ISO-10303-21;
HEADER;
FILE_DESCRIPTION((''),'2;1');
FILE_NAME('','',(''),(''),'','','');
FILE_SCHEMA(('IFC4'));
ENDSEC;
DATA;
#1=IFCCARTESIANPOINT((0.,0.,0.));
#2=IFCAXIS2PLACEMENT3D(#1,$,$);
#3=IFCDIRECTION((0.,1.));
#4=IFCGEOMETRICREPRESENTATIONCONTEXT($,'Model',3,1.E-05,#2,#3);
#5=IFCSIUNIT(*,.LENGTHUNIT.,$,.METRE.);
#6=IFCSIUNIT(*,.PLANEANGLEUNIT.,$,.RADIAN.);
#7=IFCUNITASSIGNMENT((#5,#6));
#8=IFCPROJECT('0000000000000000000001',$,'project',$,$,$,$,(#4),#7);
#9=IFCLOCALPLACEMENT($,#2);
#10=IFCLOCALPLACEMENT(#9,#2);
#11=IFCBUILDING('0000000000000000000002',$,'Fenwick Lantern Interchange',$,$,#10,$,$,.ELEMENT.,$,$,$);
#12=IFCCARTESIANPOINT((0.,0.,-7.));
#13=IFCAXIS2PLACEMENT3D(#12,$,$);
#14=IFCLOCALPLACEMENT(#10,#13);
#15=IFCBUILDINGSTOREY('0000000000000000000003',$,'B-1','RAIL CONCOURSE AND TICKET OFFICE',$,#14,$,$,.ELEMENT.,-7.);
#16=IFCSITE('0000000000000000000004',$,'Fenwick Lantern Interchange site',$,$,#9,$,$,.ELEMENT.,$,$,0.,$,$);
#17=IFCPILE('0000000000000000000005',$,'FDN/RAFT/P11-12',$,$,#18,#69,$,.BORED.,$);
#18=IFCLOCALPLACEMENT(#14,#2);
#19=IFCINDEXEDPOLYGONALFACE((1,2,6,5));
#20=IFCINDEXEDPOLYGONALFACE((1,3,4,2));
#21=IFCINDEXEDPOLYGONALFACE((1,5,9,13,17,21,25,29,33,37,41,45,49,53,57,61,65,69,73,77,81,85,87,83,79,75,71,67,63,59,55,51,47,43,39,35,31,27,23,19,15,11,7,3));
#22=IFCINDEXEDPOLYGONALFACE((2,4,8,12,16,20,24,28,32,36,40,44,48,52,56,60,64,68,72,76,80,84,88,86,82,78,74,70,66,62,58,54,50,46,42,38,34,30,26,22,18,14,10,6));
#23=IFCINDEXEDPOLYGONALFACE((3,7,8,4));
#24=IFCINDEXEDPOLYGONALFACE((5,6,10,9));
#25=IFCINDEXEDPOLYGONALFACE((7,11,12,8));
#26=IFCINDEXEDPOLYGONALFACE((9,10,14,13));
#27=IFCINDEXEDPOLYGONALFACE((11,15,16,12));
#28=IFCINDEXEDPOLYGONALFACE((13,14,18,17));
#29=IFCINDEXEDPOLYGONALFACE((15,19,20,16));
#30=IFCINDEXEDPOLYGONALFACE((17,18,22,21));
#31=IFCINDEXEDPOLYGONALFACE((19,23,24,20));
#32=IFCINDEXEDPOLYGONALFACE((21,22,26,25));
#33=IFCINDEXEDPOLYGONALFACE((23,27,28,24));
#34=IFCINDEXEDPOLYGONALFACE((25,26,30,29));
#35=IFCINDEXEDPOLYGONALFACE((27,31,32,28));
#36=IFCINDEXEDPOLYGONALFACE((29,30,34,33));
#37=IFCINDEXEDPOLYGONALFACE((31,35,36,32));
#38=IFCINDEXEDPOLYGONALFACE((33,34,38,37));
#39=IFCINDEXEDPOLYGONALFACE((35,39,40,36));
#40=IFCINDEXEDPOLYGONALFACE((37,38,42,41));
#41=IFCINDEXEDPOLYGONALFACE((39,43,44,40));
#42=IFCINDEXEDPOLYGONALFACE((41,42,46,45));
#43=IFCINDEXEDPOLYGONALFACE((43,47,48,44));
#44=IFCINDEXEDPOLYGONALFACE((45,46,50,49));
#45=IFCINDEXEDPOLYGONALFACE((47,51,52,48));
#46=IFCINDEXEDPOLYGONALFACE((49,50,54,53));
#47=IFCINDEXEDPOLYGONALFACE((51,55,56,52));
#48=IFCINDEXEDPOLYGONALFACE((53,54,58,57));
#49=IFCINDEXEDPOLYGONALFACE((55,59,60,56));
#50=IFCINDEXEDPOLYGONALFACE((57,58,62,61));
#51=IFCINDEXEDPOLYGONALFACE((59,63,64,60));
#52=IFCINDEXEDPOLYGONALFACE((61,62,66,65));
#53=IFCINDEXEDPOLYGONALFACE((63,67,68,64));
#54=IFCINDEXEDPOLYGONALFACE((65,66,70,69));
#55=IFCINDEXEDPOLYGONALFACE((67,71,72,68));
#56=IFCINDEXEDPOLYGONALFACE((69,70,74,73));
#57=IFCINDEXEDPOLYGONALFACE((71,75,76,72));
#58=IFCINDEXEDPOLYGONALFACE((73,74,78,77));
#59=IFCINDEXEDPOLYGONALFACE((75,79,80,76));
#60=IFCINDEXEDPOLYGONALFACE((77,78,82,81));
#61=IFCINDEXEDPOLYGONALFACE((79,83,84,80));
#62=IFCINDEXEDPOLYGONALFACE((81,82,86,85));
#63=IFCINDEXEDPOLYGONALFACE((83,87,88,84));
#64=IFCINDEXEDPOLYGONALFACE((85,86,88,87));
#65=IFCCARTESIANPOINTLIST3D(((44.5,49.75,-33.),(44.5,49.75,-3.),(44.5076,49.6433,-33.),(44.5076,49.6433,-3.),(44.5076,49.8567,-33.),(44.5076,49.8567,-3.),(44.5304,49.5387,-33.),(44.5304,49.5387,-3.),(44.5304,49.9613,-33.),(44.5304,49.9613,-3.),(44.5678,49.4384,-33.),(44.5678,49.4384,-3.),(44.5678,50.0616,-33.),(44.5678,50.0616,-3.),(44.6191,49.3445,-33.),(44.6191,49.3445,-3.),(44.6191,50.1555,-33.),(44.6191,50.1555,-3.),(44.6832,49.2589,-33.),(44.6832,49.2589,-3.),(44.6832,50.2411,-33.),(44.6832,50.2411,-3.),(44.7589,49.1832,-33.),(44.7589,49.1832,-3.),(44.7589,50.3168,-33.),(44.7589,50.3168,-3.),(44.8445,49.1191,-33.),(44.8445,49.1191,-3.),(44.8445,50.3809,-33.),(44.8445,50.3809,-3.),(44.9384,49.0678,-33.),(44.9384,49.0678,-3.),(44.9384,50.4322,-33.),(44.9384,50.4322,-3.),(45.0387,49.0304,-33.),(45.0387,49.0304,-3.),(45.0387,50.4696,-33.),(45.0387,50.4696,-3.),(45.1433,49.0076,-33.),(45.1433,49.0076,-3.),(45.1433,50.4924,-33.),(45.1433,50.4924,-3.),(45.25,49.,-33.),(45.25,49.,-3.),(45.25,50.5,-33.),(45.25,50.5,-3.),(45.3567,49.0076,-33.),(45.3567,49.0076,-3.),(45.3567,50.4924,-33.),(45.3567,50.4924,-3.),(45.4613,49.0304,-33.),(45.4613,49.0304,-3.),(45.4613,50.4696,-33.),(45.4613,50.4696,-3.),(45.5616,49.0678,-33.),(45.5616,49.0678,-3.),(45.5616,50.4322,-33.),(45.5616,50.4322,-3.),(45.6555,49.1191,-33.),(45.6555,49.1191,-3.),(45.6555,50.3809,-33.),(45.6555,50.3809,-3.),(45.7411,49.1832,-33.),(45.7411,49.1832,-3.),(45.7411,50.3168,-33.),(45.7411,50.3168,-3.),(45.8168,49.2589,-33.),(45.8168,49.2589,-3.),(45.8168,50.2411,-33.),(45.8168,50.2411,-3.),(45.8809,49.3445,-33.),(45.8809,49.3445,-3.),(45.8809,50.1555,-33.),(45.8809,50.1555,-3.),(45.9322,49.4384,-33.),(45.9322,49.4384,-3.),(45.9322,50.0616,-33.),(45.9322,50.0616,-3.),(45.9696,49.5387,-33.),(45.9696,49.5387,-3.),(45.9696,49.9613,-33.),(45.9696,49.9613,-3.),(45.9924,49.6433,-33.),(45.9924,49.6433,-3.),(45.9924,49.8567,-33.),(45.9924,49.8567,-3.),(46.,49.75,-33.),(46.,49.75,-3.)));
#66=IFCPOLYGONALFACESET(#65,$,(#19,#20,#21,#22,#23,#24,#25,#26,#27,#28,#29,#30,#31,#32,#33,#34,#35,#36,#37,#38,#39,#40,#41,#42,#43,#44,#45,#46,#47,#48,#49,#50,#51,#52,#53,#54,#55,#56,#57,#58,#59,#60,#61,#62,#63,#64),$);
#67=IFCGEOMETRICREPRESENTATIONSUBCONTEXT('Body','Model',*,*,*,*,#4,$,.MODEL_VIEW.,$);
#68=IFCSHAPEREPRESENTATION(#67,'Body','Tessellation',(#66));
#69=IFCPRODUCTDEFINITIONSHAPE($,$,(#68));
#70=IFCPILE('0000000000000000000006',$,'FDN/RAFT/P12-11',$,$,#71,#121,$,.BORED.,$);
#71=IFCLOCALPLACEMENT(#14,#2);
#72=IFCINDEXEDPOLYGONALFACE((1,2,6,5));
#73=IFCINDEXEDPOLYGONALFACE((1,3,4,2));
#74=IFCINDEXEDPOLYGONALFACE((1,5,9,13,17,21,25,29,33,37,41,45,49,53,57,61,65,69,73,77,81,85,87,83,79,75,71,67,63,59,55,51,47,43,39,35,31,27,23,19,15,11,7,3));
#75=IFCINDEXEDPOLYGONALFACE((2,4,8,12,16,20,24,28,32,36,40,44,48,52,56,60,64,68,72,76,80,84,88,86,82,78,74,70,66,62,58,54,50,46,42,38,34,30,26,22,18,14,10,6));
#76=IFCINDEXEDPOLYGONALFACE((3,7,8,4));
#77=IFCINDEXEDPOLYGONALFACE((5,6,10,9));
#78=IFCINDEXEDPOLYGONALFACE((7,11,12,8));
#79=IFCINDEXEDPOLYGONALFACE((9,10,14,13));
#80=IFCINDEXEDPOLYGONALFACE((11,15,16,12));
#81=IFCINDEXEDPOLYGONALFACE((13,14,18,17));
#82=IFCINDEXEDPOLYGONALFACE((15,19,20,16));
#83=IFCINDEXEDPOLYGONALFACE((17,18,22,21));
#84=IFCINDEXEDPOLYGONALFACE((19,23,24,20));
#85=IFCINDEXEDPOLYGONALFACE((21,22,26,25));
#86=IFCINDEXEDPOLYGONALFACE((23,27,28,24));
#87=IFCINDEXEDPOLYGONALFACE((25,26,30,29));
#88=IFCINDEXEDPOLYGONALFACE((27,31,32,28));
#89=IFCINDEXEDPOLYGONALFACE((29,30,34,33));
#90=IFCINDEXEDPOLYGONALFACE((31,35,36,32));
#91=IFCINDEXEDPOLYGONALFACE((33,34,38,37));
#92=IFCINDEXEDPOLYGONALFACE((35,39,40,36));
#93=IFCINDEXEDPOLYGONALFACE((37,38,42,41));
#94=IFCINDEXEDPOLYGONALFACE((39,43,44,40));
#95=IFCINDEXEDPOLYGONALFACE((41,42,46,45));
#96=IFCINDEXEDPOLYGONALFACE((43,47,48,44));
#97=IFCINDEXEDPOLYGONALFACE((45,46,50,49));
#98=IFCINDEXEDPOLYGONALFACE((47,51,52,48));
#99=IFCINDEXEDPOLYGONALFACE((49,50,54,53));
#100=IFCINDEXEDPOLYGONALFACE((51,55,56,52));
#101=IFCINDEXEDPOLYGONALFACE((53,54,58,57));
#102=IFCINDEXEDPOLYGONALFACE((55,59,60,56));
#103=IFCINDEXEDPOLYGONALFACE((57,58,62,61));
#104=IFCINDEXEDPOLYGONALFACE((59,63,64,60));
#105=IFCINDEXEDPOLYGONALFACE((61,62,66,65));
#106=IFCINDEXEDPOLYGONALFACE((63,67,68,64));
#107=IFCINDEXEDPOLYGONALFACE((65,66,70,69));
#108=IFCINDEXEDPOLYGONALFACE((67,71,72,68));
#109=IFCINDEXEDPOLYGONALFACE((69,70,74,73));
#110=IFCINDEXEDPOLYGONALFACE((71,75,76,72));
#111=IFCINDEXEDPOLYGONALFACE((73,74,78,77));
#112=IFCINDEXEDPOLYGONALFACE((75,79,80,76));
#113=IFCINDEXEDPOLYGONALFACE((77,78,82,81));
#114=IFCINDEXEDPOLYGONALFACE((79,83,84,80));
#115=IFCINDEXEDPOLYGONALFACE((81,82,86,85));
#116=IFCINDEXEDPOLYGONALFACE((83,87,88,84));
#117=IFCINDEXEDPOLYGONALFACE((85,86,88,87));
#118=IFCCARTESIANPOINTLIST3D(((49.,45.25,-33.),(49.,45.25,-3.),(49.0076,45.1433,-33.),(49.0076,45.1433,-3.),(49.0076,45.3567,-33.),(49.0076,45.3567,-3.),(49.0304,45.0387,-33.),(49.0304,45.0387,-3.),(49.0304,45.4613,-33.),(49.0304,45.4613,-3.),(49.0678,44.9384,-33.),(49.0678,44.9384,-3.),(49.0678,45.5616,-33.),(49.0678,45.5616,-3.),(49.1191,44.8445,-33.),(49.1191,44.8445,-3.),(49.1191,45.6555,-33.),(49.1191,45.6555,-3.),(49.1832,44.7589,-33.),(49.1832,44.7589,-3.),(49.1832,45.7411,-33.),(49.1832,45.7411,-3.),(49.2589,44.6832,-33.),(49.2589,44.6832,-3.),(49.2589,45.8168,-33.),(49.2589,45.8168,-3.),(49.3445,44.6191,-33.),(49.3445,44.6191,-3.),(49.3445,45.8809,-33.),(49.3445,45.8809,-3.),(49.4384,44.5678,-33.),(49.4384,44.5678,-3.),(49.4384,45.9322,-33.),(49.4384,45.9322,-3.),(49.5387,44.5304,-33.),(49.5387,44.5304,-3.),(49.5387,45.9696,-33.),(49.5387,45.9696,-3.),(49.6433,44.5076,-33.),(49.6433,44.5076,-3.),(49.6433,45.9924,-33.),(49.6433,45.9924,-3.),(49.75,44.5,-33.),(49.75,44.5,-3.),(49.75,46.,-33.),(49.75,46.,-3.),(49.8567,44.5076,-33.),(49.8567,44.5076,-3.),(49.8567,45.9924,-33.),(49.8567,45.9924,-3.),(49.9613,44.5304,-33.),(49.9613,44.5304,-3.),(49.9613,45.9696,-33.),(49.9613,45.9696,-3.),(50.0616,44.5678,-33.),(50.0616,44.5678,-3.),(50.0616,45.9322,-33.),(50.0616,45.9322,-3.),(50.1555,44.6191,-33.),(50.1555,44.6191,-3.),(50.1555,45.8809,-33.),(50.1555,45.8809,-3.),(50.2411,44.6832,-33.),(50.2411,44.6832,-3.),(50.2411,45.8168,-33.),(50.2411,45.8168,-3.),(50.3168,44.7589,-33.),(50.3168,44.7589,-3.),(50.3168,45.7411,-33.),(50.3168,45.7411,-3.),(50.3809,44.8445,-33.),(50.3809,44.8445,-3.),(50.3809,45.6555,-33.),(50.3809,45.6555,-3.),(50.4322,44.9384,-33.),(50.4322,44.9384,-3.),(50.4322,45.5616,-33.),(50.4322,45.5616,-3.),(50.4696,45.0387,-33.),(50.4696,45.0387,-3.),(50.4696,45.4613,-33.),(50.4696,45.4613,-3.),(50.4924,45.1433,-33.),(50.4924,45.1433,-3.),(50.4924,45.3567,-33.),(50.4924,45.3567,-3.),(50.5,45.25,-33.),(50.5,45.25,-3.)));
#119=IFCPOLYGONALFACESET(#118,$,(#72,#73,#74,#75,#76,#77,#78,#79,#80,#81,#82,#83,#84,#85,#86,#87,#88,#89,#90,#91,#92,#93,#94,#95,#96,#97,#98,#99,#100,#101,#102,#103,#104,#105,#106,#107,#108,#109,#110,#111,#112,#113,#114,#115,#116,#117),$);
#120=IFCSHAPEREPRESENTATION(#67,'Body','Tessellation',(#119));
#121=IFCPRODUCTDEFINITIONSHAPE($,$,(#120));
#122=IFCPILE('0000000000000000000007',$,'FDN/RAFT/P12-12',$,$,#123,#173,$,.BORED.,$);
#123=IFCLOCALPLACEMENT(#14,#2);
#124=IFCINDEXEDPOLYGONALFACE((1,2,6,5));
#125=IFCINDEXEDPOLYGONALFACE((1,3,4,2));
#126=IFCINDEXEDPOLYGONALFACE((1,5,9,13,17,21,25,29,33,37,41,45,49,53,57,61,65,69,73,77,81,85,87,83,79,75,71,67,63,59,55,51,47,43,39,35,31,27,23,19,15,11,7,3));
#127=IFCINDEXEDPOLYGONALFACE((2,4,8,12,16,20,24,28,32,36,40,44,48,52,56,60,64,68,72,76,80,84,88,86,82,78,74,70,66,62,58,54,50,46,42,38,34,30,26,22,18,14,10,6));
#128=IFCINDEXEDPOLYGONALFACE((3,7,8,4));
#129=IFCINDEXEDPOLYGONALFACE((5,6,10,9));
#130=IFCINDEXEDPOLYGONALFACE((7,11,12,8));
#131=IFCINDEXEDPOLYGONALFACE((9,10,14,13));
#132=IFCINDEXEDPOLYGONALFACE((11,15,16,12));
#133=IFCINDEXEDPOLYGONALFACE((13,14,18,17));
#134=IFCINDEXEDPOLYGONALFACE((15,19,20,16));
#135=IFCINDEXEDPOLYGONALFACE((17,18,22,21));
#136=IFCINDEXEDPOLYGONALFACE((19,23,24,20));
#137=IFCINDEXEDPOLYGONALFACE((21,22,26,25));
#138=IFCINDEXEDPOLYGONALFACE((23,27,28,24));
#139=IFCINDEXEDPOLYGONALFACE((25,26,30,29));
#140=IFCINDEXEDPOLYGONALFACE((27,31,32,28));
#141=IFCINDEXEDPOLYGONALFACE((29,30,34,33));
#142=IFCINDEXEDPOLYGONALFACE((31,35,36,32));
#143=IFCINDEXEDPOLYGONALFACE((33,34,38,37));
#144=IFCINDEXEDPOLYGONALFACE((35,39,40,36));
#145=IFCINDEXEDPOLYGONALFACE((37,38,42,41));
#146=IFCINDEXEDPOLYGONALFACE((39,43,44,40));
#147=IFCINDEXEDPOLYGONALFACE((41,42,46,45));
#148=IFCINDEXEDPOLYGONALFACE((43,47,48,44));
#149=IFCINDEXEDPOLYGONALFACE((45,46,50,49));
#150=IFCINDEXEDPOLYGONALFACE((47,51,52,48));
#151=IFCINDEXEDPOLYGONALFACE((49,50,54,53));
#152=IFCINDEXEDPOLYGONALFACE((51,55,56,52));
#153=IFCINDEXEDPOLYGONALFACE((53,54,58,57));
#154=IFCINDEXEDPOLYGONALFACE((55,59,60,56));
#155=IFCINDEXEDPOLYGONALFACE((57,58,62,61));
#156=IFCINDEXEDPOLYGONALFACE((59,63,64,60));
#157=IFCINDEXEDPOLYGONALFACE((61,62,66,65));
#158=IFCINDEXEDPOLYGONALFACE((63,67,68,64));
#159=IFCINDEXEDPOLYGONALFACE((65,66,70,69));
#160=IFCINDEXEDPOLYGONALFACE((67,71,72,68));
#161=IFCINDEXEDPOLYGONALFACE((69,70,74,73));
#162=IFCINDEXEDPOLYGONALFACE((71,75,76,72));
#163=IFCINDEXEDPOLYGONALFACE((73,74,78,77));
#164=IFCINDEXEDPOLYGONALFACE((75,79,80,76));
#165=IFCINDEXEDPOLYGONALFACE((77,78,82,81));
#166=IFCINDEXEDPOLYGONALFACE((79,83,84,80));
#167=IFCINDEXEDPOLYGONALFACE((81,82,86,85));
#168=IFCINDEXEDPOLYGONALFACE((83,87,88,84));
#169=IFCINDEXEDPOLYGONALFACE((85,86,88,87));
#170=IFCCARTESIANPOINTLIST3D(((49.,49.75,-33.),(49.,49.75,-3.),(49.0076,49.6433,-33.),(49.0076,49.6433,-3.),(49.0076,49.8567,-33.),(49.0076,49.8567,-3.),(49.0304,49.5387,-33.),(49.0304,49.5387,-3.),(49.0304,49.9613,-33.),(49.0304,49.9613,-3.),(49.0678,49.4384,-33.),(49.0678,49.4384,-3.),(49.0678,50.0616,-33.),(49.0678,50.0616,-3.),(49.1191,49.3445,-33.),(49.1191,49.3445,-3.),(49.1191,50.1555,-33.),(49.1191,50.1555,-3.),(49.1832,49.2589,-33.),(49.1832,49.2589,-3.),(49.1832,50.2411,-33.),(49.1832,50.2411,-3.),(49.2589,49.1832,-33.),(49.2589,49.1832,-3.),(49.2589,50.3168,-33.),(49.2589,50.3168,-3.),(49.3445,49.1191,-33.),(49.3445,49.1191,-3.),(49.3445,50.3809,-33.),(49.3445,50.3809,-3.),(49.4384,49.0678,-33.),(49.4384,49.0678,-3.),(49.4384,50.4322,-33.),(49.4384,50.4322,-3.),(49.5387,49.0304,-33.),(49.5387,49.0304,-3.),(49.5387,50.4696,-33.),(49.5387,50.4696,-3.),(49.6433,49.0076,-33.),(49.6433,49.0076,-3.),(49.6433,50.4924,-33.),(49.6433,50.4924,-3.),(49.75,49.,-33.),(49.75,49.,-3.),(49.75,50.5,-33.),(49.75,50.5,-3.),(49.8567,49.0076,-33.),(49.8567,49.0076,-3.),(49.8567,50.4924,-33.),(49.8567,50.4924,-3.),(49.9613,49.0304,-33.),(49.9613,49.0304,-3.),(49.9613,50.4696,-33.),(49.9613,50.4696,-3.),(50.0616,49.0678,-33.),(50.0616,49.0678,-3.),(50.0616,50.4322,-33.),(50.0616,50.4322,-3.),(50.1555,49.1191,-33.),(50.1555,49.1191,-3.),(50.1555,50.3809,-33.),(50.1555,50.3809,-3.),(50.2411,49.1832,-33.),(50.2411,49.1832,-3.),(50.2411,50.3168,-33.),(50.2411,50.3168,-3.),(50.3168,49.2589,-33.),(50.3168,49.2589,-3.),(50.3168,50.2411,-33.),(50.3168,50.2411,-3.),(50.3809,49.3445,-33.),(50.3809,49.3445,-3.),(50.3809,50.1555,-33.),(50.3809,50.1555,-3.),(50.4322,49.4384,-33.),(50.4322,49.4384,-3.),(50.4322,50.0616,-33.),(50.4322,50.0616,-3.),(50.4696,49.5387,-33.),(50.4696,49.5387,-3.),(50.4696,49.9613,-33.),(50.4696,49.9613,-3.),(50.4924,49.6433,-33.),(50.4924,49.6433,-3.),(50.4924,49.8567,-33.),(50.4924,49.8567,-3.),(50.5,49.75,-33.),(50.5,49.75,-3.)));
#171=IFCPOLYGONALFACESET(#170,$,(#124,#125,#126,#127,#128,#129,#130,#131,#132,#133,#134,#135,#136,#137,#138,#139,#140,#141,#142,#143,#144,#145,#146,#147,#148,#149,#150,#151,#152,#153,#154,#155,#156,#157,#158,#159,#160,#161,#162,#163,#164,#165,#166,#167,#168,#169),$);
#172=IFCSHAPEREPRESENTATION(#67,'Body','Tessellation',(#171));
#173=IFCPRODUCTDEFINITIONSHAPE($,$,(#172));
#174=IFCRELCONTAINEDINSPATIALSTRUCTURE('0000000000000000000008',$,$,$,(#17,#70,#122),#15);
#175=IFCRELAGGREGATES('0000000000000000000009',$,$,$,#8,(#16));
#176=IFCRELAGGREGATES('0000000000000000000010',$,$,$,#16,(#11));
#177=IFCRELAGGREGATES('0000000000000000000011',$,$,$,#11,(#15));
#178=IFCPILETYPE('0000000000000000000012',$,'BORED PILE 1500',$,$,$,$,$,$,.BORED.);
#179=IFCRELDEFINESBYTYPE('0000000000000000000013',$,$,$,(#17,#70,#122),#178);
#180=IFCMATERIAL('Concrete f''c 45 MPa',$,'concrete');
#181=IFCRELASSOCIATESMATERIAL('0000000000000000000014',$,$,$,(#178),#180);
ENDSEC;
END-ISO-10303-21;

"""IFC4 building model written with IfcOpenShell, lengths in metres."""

from ifc_helpers import new_model, si_unit, direction, frame, origin, origin_2d, place, context, subcontext, project, spatial, circle, extrude, material, type_object, element, save


model = new_model("IFC4")

# Units and contexts
model_context = context("Model", 3, precision=1e-05, world=origin(), true_north=direction((0.0, 1.0)))
body_context = subcontext(model_context, "Body", "Model", "MODEL_VIEW")
ifc_project = project(units=[si_unit("LENGTHUNIT", "METRE"), si_unit("PLANEANGLEUNIT", "RADIAN")], contexts=[model_context])

# Site, building, storey
site_placement = place(None, origin())
site = spatial("IfcSite", under=ifc_project, at=site_placement, Name="Fenwick Lantern Interchange site", CompositionType="ELEMENT", RefElevation=0.0)
building_placement = place(site_placement, origin())
building = spatial("IfcBuilding", under=site, at=building_placement, Name="Fenwick Lantern Interchange", CompositionType="ELEMENT")
storey_placement = place(building_placement, frame((0.0, 0.0, -7.0)))
storey = spatial("IfcBuildingStorey", under=building, at=storey_placement, Name="B-1", Description="RAIL CONCOURSE AND TICKET OFFICE", CompositionType="ELEMENT", Elevation=-7.0)

# Piles
ifc_material_1 = material(Name="Concrete f'c 45 MPa", Category="concrete")
pile_type_1 = type_object("IfcPileType", Name="BORED PILE 1500", PredefinedType="BORED", material=ifc_material_1)
for number, where, z_axis, x_axis, name in (
    (1, (45.25, 49.75, -3.0), (0.0, 0.0, -1.0), (1.0, 0.0, 0.0), "FDN/RAFT/P11-12"),
    (2, (49.75, 45.25, -3.0), (0.0, 0.0, -1.0), (1.0, 0.0, 0.0), "FDN/RAFT/P12-11"),
    (3, (49.75, 49.75, -3.0), (0.0, 0.0, -1.0), (1.0, 0.0, 0.0), "FDN/RAFT/P12-12"),
):
    element("IfcPile", number, at=place(storey_placement, frame(where, z_axis=z_axis, x_axis=x_axis)), inside=storey, type_object=pile_type_1, Name=name, PredefinedType="BORED", context=body_context, shape_type="SweptSolid", body=[
        extrude(circle(Radius=0.75, at=origin_2d()), origin(), (0.0, 0.0, 1.0), 30.0),
    ])

save(model, "model.ifc")
